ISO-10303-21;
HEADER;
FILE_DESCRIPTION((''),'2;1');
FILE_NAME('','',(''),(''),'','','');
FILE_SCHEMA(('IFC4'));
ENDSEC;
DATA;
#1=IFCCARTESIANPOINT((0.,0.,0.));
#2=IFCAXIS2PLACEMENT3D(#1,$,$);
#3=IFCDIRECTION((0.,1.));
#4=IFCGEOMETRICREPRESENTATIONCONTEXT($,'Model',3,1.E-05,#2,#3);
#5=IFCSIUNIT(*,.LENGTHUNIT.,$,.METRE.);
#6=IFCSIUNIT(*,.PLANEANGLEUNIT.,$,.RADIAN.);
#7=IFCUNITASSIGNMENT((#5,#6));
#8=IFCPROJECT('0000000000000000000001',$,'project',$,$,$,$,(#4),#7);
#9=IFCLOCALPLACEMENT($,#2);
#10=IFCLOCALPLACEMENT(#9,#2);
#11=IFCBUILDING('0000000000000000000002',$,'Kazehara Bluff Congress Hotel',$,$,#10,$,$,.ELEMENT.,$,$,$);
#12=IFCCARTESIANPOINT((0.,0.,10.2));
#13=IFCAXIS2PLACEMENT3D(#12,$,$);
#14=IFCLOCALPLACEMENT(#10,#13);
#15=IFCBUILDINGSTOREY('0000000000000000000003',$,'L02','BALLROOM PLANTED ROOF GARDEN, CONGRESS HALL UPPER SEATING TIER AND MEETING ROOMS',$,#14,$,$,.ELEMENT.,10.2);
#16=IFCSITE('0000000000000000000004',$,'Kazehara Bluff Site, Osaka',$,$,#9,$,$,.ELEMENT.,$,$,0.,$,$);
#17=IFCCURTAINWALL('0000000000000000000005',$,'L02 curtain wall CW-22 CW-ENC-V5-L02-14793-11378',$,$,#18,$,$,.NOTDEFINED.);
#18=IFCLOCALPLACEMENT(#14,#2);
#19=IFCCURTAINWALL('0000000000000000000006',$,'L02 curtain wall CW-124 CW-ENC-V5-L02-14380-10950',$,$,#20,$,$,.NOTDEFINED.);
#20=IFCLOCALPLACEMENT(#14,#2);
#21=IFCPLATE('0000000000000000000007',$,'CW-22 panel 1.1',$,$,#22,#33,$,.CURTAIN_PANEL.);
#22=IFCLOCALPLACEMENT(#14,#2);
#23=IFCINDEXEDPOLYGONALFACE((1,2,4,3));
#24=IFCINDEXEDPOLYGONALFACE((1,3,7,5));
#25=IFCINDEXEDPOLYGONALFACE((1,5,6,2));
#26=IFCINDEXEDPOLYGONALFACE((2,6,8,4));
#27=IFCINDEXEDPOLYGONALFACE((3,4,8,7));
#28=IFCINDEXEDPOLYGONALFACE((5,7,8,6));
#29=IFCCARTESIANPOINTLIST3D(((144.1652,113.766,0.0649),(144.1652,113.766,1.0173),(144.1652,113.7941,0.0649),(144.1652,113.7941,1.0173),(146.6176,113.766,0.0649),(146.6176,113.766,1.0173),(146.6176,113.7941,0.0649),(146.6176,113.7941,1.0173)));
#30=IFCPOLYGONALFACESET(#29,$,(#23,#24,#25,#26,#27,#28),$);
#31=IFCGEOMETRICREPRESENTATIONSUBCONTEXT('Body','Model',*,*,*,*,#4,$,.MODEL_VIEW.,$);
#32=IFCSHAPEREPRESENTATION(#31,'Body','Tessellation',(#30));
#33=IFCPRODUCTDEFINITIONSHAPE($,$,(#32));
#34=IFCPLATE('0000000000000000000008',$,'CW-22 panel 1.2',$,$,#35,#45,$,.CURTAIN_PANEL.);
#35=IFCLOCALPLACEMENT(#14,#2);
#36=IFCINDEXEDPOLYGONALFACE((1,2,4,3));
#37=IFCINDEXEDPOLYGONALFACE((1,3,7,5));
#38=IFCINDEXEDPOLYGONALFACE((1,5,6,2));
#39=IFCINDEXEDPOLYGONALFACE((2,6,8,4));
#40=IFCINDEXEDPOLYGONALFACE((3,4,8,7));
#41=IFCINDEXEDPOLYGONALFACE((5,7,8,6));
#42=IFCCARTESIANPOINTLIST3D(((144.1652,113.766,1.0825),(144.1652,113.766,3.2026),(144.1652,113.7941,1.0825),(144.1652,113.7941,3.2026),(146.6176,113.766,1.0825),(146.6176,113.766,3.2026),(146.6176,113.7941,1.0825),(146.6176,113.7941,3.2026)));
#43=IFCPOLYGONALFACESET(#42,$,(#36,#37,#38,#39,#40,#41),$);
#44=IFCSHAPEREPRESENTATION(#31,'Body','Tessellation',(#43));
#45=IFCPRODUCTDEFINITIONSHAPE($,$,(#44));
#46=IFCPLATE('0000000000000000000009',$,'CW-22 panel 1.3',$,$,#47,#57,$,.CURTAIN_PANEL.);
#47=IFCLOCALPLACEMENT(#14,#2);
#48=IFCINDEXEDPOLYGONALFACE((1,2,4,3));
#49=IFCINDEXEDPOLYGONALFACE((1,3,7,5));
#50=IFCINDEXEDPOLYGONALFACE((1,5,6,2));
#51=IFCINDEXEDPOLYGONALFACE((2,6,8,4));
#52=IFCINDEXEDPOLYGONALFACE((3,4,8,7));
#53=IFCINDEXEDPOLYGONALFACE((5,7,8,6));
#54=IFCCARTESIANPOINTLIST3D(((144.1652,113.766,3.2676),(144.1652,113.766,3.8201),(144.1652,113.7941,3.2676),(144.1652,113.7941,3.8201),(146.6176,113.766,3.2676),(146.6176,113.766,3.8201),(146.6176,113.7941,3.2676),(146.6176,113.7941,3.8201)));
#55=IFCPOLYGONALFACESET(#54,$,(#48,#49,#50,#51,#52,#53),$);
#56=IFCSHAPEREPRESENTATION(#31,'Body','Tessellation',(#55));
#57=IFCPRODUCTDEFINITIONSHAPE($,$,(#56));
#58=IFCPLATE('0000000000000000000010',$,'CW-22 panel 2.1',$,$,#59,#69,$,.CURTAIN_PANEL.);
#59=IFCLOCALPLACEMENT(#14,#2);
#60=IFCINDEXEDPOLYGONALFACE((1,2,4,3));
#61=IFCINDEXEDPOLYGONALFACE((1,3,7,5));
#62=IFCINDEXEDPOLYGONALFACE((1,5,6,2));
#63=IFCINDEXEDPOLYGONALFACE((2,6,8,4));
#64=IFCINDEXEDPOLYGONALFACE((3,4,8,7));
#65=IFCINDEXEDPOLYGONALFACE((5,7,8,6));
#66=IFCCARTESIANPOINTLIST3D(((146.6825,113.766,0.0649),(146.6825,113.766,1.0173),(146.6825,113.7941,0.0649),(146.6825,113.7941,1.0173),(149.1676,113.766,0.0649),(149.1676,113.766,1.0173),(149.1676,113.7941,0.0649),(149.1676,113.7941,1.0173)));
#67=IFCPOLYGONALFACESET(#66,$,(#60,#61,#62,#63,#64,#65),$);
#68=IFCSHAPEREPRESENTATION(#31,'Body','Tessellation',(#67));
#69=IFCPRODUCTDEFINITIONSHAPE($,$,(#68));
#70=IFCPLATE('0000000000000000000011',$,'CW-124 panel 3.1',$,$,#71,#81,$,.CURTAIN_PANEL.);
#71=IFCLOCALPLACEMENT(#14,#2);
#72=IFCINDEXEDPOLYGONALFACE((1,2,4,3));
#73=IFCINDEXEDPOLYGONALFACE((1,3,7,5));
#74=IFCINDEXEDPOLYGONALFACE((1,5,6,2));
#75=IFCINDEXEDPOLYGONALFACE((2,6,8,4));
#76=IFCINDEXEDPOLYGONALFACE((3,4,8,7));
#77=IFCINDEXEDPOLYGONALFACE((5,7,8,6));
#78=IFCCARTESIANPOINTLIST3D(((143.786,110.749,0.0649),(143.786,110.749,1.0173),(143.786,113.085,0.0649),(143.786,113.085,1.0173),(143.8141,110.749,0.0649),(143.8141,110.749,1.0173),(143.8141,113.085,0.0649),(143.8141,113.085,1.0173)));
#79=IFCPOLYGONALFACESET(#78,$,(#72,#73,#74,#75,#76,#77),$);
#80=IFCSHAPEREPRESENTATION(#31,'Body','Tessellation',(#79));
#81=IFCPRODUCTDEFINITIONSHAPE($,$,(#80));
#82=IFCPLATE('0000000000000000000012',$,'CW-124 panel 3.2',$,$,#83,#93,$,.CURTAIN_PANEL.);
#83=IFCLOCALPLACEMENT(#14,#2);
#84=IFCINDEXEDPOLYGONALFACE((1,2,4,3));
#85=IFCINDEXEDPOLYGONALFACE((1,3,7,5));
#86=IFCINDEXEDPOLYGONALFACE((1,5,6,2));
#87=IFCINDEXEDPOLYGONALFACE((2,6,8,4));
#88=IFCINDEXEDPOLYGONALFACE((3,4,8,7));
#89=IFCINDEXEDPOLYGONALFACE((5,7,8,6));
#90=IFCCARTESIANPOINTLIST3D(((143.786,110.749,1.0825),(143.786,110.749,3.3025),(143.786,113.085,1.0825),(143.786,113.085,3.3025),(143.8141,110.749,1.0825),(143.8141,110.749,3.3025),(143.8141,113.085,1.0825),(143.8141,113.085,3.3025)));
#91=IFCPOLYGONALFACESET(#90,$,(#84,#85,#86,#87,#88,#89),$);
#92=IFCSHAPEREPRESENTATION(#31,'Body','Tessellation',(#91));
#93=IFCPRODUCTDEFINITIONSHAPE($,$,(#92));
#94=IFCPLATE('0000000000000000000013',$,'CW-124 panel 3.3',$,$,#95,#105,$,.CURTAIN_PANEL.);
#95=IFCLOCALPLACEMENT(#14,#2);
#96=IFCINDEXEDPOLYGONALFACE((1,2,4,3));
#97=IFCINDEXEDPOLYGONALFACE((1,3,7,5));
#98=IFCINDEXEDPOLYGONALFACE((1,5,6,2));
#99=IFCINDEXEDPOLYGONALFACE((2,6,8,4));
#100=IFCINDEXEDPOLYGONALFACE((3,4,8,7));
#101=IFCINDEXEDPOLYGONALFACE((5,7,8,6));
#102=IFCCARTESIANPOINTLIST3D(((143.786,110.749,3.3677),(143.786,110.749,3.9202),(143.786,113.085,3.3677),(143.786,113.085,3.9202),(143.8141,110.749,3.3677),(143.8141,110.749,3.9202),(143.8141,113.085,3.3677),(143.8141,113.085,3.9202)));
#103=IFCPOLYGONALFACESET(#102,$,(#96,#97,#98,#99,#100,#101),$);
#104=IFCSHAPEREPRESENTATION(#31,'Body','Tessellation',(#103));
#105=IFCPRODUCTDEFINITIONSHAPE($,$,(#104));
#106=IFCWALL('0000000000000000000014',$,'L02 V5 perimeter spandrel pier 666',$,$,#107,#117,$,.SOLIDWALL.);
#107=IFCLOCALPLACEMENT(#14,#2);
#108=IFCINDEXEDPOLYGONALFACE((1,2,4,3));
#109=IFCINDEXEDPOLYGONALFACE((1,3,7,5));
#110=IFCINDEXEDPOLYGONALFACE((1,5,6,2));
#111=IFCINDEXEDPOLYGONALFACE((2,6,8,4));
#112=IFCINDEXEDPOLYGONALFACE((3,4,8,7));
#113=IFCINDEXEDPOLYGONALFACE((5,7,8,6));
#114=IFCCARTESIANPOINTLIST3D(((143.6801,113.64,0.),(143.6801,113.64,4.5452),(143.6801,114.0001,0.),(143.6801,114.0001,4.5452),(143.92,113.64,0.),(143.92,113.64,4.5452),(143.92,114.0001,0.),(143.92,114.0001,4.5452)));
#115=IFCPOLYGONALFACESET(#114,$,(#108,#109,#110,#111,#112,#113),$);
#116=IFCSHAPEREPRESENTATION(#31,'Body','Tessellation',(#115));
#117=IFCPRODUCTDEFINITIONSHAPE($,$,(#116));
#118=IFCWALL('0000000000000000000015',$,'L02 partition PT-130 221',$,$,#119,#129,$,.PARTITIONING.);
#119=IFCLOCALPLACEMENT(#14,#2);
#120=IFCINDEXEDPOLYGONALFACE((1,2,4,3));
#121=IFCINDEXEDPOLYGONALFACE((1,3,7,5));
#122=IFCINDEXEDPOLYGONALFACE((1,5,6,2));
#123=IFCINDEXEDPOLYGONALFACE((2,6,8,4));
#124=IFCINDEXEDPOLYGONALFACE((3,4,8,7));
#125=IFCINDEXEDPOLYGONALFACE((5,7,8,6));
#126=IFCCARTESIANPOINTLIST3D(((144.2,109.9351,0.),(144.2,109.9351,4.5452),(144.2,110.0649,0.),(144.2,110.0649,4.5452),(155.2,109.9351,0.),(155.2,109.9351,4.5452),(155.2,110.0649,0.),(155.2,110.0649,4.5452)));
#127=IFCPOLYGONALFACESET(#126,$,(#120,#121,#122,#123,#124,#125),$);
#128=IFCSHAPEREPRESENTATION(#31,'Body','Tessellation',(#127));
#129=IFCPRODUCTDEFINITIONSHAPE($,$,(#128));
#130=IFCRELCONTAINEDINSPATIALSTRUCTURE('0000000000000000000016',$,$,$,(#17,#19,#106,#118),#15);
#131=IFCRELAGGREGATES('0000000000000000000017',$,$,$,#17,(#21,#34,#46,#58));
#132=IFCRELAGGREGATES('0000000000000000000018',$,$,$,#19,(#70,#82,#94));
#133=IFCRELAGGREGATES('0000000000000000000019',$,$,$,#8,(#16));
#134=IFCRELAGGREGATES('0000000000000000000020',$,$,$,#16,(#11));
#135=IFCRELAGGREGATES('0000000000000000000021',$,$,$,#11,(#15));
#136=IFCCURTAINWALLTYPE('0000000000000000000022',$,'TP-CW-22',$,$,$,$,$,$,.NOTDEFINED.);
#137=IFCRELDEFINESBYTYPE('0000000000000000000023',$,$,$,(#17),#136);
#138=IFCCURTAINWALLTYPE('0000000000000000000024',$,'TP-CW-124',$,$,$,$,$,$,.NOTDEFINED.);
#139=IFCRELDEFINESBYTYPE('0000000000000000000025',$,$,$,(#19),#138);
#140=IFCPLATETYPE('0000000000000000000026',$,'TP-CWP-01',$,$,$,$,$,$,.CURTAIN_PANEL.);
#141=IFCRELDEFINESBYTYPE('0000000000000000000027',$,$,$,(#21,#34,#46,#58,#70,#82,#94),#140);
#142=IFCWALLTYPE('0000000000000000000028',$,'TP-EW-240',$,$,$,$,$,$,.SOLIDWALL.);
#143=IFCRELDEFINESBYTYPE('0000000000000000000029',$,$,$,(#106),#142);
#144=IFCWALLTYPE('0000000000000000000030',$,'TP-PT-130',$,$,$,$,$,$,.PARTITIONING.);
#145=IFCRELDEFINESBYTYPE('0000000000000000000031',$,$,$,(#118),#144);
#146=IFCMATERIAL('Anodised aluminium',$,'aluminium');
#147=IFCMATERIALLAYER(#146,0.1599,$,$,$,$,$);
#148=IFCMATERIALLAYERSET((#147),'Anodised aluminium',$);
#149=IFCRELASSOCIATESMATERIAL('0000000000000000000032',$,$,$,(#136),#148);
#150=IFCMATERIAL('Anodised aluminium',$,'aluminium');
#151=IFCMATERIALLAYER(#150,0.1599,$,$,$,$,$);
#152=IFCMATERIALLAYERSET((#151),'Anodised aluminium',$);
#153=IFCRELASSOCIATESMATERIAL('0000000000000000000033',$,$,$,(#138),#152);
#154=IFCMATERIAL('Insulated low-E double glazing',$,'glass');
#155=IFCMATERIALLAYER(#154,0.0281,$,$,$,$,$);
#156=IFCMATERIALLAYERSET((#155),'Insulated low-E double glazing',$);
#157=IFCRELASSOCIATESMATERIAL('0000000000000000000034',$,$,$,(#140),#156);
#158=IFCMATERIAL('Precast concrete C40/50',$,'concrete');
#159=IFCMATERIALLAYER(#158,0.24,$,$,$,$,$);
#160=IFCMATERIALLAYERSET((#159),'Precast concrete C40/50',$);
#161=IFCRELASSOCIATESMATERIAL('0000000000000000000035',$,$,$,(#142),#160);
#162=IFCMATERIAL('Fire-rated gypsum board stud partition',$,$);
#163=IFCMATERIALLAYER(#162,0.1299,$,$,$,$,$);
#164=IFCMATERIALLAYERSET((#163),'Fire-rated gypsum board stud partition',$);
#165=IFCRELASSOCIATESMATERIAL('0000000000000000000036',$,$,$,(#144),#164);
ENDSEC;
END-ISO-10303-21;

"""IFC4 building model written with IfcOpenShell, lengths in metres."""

from ifc_helpers import new_model, si_unit, direction, frame, frame_2d, origin, origin_2d, place, context, subcontext, project, spatial, rectangle, extrude, material, layer, layer_set, type_object, element, aggregate, save


model = new_model("IFC4")

# Units and contexts
model_context = context("Model", 3, precision=1e-05, world=origin(), true_north=direction((0.0, 1.0)))
body_context = subcontext(model_context, "Body", "Model", "MODEL_VIEW")
ifc_project = project(units=[si_unit("LENGTHUNIT", "METRE"), si_unit("PLANEANGLEUNIT", "RADIAN")], contexts=[model_context])

# Site, building, storey
site_placement = place(None, origin())
site = spatial("IfcSite", under=ifc_project, at=site_placement, Name="Kazehara Bluff Site, Osaka", CompositionType="ELEMENT", RefElevation=0.0)
building_placement = place(site_placement, origin())
building = spatial("IfcBuilding", under=site, at=building_placement, Name="Kazehara Bluff Congress Hotel", CompositionType="ELEMENT")
storey_placement = place(building_placement, frame((0.0, 0.0, 10.2)))
storey = spatial("IfcBuildingStorey", under=building, at=storey_placement, Name="L02", Description="BALLROOM PLANTED ROOF GARDEN, CONGRESS HALL UPPER SEATING TIER AND MEETING ROOMS", CompositionType="ELEMENT", Elevation=10.2)

# Curtain walls
ifc_material_1 = material(Name="Anodised aluminium", Category="aluminium")
ifc_layer_1 = layer(ifc_material_1, 0.1599)
ifc_layer_set_1 = layer_set([ifc_layer_1], Name="Anodised aluminium")
curtain_wall_type_1 = type_object("IfcCurtainWallType", Name="TP-CW-22", PredefinedType="NOTDEFINED", material=ifc_layer_set_1)
curtain_wall_1_placement = place(storey_placement, origin())
curtain_wall_1 = element("IfcCurtainWall", 1, at=curtain_wall_1_placement, inside=storey, type_object=curtain_wall_type_1, Name="L02 curtain wall CW-22 CW-ENC-V5-L02-14793-11378", PredefinedType="NOTDEFINED")
ifc_material_2 = material(Name="Anodised aluminium", Category="aluminium")
ifc_layer_2 = layer(ifc_material_2, 0.1599)
ifc_layer_set_2 = layer_set([ifc_layer_2], Name="Anodised aluminium")
curtain_wall_type_2 = type_object("IfcCurtainWallType", Name="TP-CW-124", PredefinedType="NOTDEFINED", material=ifc_layer_set_2)
curtain_wall_2_placement = place(storey_placement, origin())
curtain_wall_2 = element("IfcCurtainWall", 2, at=curtain_wall_2_placement, inside=storey, type_object=curtain_wall_type_2, Name="L02 curtain wall CW-124 CW-ENC-V5-L02-14380-10950", PredefinedType="NOTDEFINED")

# Plates
ifc_material_3 = material(Name="Insulated low-E double glazing", Category="glass")
ifc_layer_3 = layer(ifc_material_3, 0.0281)
ifc_layer_set_3 = layer_set([ifc_layer_3], Name="Insulated low-E double glazing")
plate_type = type_object("IfcPlateType", Name="TP-CWP-01", PredefinedType="CURTAIN_PANEL", material=ifc_layer_set_3)
plate_1_placement = place(storey_placement, frame((145.3914, 113.78, 0.0649), z_axis=(0.0, 0.0, 1.0), x_axis=(1.0, 0.0, 0.0)))
plate_1 = element("IfcPlate", 3, at=plate_1_placement, type_object=plate_type, Name="CW-22 panel 1.1", PredefinedType="CURTAIN_PANEL", context=body_context, shape_type="SweptSolid", body=[
    extrude(rectangle(XDim=2.4524, YDim=0.0281, at=origin_2d()), origin(), (0.0, 0.0, 1.0), 0.9524),
])
plate_2_placement = place(storey_placement, frame((145.3914, 113.78, 1.0825), z_axis=(0.0, 0.0, 1.0), x_axis=(1.0, 0.0, 0.0)))
plate_2 = element("IfcPlate", 4, at=plate_2_placement, type_object=plate_type, Name="CW-22 panel 1.2", PredefinedType="CURTAIN_PANEL", context=body_context, shape_type="SweptSolid", body=[
    extrude(rectangle(XDim=2.4524, YDim=0.0281, at=origin_2d()), origin(), (0.0, 0.0, 1.0), 2.1201),
])
plate_3_placement = place(storey_placement, frame((145.3914, 113.78, 3.2676), z_axis=(0.0, 0.0, 1.0), x_axis=(1.0, 0.0, 0.0)))
plate_3 = element("IfcPlate", 5, at=plate_3_placement, type_object=plate_type, Name="CW-22 panel 1.3", PredefinedType="CURTAIN_PANEL", context=body_context, shape_type="SweptSolid", body=[
    extrude(rectangle(XDim=2.4524, YDim=0.0281, at=origin_2d()), origin(), (0.0, 0.0, 1.0), 0.5525),
])
plate_4_placement = place(storey_placement, frame((147.925, 113.78, 0.0649), z_axis=(0.0, 0.0, 1.0), x_axis=(1.0, 0.0, 0.0)))
plate_4 = element("IfcPlate", 6, at=plate_4_placement, type_object=plate_type, Name="CW-22 panel 2.1", PredefinedType="CURTAIN_PANEL", context=body_context, shape_type="SweptSolid", body=[
    extrude(rectangle(XDim=2.4851, YDim=0.0281, at=origin_2d()), origin(), (0.0, 0.0, 1.0), 0.9524),
])
aggregate(curtain_wall_1, [plate_1, plate_2, plate_3, plate_4])
plate_5_placement = place(storey_placement, frame((143.8, 111.917, 0.0649), z_axis=(0.0, 0.0, 1.0), x_axis=(0.0, 1.0, 0.0)))
plate_5 = element("IfcPlate", 7, at=plate_5_placement, type_object=plate_type, Name="CW-124 panel 3.1", PredefinedType="CURTAIN_PANEL", context=body_context, shape_type="SweptSolid", body=[
    extrude(rectangle(XDim=2.3359, YDim=0.0281, at=origin_2d()), origin(), (0.0, 0.0, 1.0), 0.9524),
])
plate_6_placement = place(storey_placement, frame((143.8, 111.917, 1.0825), z_axis=(0.0, 0.0, 1.0), x_axis=(0.0, 1.0, 0.0)))
plate_6 = element("IfcPlate", 8, at=plate_6_placement, type_object=plate_type, Name="CW-124 panel 3.2", PredefinedType="CURTAIN_PANEL", context=body_context, shape_type="SweptSolid", body=[
    extrude(rectangle(XDim=2.3359, YDim=0.0281, at=origin_2d()), origin(), (0.0, 0.0, 1.0), 2.22),
])
plate_7_placement = place(storey_placement, frame((143.8, 111.917, 3.3677), z_axis=(0.0, 0.0, 1.0), x_axis=(0.0, 1.0, 0.0)))
plate_7 = element("IfcPlate", 9, at=plate_7_placement, type_object=plate_type, Name="CW-124 panel 3.3", PredefinedType="CURTAIN_PANEL", context=body_context, shape_type="SweptSolid", body=[
    extrude(rectangle(XDim=2.3359, YDim=0.0281, at=origin_2d()), origin(), (0.0, 0.0, 1.0), 0.5525),
])
aggregate(curtain_wall_2, [plate_5, plate_6, plate_7])

# Walls
ifc_material_4 = material(Name="Precast concrete C40/50", Category="concrete")
ifc_layer_4 = layer(ifc_material_4, 0.24)
ifc_layer_set_4 = layer_set([ifc_layer_4], Name="Precast concrete C40/50")
wall_type_1 = type_object("IfcWallType", Name="TP-EW-240", PredefinedType="SOLIDWALL", material=ifc_layer_set_4)
wall_1_placement = place(storey_placement, frame((143.8, 113.6399, 0.0), z_axis=(0.0, 0.0, 1.0), x_axis=(0.0, 1.0, 0.0)))
element("IfcWall", 10, at=wall_1_placement, inside=storey, type_object=wall_type_1, Name="L02 V5 perimeter spandrel pier 666", PredefinedType="SOLIDWALL", context=body_context, shape_type="SweptSolid", body=[
    extrude(rectangle(XDim=0.3601, YDim=0.24, at=frame_2d((0.1802, 0.0))), origin(), (0.0, 0.0, 1.0), 4.5452),
])
ifc_material_5 = material(Name="Fire-rated gypsum board stud partition")
ifc_layer_5 = layer(ifc_material_5, 0.1299)
ifc_layer_set_5 = layer_set([ifc_layer_5], Name="Fire-rated gypsum board stud partition")
wall_type_2 = type_object("IfcWallType", Name="TP-PT-130", PredefinedType="PARTITIONING", material=ifc_layer_set_5)
wall_2_placement = place(storey_placement, frame((144.2, 110.0, 0.0), z_axis=(0.0, 0.0, 1.0), x_axis=(1.0, 0.0, 0.0)))
element("IfcWall", 11, at=wall_2_placement, inside=storey, type_object=wall_type_2, Name="L02 partition PT-130 221", PredefinedType="PARTITIONING", context=body_context, shape_type="SweptSolid", body=[
    extrude(rectangle(XDim=11.0, YDim=0.1299, at=frame_2d((5.5, 0.0))), origin(), (0.0, 0.0, 1.0), 4.5452),
])

save(model, "model.ifc")
